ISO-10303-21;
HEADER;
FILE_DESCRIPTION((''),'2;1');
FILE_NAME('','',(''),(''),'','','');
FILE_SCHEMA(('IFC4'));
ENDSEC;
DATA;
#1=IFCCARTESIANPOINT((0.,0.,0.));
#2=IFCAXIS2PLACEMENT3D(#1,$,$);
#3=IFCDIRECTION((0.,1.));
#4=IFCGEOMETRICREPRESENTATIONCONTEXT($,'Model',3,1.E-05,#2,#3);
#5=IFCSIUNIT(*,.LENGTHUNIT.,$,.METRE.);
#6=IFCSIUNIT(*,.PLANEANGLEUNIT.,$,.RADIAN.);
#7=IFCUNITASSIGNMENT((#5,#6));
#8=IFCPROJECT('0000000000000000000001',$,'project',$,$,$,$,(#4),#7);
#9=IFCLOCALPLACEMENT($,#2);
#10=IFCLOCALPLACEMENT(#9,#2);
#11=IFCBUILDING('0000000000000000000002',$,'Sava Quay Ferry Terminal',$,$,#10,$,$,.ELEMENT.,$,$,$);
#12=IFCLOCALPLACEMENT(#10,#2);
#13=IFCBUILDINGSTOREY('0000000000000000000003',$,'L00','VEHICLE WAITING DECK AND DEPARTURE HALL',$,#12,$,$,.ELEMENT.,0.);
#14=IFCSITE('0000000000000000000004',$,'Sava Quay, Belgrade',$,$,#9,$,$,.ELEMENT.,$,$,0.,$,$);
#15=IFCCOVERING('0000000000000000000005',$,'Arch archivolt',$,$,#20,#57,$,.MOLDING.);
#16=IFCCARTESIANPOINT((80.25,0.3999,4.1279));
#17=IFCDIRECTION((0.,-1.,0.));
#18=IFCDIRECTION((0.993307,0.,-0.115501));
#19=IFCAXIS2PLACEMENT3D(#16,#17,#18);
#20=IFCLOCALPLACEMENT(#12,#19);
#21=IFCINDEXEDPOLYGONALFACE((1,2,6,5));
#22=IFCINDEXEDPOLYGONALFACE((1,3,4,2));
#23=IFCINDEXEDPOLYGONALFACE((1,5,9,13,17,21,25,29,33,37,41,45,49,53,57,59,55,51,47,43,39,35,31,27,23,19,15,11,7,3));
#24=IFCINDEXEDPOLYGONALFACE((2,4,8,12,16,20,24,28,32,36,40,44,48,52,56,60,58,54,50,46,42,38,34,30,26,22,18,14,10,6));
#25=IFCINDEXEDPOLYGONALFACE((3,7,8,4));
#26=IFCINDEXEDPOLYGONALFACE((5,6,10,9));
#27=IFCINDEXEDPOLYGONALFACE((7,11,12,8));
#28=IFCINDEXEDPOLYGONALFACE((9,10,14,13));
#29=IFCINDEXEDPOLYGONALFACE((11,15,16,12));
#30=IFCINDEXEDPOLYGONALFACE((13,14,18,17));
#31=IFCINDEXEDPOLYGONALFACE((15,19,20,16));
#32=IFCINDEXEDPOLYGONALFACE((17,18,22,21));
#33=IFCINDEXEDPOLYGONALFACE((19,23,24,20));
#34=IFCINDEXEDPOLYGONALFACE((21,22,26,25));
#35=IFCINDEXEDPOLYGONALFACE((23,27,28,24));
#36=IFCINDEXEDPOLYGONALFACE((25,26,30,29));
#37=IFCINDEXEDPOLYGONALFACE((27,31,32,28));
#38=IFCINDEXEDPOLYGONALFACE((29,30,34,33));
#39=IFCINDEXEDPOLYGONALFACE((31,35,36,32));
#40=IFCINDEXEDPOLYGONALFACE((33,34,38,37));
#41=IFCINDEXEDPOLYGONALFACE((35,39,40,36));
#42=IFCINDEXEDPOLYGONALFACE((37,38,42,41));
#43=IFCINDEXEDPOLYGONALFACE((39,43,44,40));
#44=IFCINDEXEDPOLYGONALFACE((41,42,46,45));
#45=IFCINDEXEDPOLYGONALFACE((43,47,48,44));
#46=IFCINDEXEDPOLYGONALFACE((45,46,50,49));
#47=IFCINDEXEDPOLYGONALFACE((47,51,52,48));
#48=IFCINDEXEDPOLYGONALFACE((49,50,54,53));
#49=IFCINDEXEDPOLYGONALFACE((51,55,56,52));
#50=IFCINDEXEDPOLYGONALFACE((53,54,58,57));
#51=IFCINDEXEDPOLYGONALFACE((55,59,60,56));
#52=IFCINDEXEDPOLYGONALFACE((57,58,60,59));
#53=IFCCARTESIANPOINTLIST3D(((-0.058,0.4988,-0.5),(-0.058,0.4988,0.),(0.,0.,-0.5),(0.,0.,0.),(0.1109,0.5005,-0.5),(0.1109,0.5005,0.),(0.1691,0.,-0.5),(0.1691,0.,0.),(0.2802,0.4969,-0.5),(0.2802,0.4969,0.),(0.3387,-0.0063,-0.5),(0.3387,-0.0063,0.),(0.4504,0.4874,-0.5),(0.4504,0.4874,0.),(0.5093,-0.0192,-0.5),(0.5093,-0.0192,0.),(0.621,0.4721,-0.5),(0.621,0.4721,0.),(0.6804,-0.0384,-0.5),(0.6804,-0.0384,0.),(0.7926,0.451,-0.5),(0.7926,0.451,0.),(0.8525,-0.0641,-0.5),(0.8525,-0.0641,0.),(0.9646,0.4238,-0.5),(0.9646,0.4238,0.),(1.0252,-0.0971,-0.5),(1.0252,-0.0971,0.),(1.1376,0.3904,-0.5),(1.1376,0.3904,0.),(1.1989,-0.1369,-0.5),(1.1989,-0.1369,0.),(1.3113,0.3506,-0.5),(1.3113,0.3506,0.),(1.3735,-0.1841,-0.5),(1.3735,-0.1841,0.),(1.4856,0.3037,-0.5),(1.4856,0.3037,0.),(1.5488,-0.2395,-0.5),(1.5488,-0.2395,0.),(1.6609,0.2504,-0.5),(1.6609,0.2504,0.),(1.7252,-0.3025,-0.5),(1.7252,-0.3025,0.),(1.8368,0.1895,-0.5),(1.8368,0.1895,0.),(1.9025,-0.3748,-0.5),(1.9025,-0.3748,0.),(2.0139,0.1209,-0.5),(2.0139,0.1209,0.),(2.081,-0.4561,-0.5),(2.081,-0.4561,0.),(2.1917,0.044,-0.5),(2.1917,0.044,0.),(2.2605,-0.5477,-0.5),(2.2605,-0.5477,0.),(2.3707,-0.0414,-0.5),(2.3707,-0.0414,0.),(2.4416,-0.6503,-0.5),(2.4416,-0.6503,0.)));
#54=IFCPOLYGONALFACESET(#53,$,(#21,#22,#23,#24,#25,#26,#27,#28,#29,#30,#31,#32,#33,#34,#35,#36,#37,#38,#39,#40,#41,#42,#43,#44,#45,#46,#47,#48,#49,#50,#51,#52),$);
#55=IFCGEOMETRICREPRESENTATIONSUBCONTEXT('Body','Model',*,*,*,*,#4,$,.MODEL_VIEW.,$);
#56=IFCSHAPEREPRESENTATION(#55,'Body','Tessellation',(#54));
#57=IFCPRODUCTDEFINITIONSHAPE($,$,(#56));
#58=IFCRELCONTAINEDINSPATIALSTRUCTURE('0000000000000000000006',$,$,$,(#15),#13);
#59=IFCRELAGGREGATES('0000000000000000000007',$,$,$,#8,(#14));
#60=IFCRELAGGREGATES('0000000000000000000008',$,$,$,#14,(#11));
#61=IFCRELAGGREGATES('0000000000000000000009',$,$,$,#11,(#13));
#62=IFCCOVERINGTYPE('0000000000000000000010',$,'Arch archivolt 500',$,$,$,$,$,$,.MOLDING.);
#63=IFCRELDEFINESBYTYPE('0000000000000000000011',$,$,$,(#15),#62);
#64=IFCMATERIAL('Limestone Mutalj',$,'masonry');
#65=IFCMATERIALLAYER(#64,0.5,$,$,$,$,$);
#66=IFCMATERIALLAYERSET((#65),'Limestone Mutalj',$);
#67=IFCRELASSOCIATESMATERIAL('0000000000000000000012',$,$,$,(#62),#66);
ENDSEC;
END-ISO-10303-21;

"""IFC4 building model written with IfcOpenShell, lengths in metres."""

from ifc_helpers import new_model, si_unit, direction, frame, origin, place, context, subcontext, project, spatial, polyline, outline, extrude, material, layer, layer_set, type_object, element, save


model = new_model("IFC4")

# Units and contexts
model_context = context("Model", 3, precision=1e-05, world=origin(), true_north=direction((0.0, 1.0)))
body_context = subcontext(model_context, "Body", "Model", "MODEL_VIEW")
ifc_project = project(units=[si_unit("LENGTHUNIT", "METRE"), si_unit("PLANEANGLEUNIT", "RADIAN")], contexts=[model_context])

# Site, building, storey
site_placement = place(None, origin())
site = spatial("IfcSite", under=ifc_project, at=site_placement, Name="Sava Quay, Belgrade", CompositionType="ELEMENT", RefElevation=0.0)
building_placement = place(site_placement, origin())
building = spatial("IfcBuilding", under=site, at=building_placement, Name="Sava Quay Ferry Terminal", CompositionType="ELEMENT")
storey_placement = place(building_placement, origin())
storey = spatial("IfcBuildingStorey", under=building, at=storey_placement, Name="L00", Description="VEHICLE WAITING DECK AND DEPARTURE HALL", CompositionType="ELEMENT", Elevation=0.0)

# Covering
ifc_material_1 = material(Name="Limestone Mutalj", Category="masonry")
ifc_layer_1 = layer(ifc_material_1, 0.5)
ifc_layer_set_1 = layer_set([ifc_layer_1], Name="Limestone Mutalj")
covering_type_1 = type_object("IfcCoveringType", Name="Arch archivolt 500", PredefinedType="MOLDING", material=ifc_layer_set_1)
covering_1_placement = place(storey_placement, frame((80.25, 0.3999, 4.1279), z_axis=(0.0, -1.0, 0.0), x_axis=(0.993307, 0.0, -0.115501)))
element("IfcCovering", 1, at=covering_1_placement, inside=storey, type_object=covering_type_1, Name="Arch archivolt", PredefinedType="MOLDING", context=body_context, shape_type="SweptSolid", body=[
    extrude(outline(polyline([(0.0, 0.0), (0.1691, 0.0), (0.3387, -0.0063), (0.5093, -0.0192), (0.6804, -0.0384), (0.8525, -0.0641), (1.0252, -0.0971), (1.1989, -0.1369), (1.3735, -0.1841), (1.5488, -0.2395), (1.7252, -0.3025), (1.9025, -0.3748), (2.081, -0.4561), (2.2605, -0.5477), (2.4416, -0.6503), (2.3707, -0.0414), (2.1917, 0.044), (2.0139, 0.1209), (1.8368, 0.1895), (1.6609, 0.2504), (1.4856, 0.3037), (1.3113, 0.3506), (1.1376, 0.3904), (0.9646, 0.4238), (0.7926, 0.451), (0.621, 0.4721), (0.4504, 0.4874), (0.2802, 0.4969), (0.1109, 0.5005), (-0.058, 0.4988), (0.0, 0.0)])), origin(), (0.0, 0.0, -1.0), 0.5),
])

save(model, "model.ifc")
